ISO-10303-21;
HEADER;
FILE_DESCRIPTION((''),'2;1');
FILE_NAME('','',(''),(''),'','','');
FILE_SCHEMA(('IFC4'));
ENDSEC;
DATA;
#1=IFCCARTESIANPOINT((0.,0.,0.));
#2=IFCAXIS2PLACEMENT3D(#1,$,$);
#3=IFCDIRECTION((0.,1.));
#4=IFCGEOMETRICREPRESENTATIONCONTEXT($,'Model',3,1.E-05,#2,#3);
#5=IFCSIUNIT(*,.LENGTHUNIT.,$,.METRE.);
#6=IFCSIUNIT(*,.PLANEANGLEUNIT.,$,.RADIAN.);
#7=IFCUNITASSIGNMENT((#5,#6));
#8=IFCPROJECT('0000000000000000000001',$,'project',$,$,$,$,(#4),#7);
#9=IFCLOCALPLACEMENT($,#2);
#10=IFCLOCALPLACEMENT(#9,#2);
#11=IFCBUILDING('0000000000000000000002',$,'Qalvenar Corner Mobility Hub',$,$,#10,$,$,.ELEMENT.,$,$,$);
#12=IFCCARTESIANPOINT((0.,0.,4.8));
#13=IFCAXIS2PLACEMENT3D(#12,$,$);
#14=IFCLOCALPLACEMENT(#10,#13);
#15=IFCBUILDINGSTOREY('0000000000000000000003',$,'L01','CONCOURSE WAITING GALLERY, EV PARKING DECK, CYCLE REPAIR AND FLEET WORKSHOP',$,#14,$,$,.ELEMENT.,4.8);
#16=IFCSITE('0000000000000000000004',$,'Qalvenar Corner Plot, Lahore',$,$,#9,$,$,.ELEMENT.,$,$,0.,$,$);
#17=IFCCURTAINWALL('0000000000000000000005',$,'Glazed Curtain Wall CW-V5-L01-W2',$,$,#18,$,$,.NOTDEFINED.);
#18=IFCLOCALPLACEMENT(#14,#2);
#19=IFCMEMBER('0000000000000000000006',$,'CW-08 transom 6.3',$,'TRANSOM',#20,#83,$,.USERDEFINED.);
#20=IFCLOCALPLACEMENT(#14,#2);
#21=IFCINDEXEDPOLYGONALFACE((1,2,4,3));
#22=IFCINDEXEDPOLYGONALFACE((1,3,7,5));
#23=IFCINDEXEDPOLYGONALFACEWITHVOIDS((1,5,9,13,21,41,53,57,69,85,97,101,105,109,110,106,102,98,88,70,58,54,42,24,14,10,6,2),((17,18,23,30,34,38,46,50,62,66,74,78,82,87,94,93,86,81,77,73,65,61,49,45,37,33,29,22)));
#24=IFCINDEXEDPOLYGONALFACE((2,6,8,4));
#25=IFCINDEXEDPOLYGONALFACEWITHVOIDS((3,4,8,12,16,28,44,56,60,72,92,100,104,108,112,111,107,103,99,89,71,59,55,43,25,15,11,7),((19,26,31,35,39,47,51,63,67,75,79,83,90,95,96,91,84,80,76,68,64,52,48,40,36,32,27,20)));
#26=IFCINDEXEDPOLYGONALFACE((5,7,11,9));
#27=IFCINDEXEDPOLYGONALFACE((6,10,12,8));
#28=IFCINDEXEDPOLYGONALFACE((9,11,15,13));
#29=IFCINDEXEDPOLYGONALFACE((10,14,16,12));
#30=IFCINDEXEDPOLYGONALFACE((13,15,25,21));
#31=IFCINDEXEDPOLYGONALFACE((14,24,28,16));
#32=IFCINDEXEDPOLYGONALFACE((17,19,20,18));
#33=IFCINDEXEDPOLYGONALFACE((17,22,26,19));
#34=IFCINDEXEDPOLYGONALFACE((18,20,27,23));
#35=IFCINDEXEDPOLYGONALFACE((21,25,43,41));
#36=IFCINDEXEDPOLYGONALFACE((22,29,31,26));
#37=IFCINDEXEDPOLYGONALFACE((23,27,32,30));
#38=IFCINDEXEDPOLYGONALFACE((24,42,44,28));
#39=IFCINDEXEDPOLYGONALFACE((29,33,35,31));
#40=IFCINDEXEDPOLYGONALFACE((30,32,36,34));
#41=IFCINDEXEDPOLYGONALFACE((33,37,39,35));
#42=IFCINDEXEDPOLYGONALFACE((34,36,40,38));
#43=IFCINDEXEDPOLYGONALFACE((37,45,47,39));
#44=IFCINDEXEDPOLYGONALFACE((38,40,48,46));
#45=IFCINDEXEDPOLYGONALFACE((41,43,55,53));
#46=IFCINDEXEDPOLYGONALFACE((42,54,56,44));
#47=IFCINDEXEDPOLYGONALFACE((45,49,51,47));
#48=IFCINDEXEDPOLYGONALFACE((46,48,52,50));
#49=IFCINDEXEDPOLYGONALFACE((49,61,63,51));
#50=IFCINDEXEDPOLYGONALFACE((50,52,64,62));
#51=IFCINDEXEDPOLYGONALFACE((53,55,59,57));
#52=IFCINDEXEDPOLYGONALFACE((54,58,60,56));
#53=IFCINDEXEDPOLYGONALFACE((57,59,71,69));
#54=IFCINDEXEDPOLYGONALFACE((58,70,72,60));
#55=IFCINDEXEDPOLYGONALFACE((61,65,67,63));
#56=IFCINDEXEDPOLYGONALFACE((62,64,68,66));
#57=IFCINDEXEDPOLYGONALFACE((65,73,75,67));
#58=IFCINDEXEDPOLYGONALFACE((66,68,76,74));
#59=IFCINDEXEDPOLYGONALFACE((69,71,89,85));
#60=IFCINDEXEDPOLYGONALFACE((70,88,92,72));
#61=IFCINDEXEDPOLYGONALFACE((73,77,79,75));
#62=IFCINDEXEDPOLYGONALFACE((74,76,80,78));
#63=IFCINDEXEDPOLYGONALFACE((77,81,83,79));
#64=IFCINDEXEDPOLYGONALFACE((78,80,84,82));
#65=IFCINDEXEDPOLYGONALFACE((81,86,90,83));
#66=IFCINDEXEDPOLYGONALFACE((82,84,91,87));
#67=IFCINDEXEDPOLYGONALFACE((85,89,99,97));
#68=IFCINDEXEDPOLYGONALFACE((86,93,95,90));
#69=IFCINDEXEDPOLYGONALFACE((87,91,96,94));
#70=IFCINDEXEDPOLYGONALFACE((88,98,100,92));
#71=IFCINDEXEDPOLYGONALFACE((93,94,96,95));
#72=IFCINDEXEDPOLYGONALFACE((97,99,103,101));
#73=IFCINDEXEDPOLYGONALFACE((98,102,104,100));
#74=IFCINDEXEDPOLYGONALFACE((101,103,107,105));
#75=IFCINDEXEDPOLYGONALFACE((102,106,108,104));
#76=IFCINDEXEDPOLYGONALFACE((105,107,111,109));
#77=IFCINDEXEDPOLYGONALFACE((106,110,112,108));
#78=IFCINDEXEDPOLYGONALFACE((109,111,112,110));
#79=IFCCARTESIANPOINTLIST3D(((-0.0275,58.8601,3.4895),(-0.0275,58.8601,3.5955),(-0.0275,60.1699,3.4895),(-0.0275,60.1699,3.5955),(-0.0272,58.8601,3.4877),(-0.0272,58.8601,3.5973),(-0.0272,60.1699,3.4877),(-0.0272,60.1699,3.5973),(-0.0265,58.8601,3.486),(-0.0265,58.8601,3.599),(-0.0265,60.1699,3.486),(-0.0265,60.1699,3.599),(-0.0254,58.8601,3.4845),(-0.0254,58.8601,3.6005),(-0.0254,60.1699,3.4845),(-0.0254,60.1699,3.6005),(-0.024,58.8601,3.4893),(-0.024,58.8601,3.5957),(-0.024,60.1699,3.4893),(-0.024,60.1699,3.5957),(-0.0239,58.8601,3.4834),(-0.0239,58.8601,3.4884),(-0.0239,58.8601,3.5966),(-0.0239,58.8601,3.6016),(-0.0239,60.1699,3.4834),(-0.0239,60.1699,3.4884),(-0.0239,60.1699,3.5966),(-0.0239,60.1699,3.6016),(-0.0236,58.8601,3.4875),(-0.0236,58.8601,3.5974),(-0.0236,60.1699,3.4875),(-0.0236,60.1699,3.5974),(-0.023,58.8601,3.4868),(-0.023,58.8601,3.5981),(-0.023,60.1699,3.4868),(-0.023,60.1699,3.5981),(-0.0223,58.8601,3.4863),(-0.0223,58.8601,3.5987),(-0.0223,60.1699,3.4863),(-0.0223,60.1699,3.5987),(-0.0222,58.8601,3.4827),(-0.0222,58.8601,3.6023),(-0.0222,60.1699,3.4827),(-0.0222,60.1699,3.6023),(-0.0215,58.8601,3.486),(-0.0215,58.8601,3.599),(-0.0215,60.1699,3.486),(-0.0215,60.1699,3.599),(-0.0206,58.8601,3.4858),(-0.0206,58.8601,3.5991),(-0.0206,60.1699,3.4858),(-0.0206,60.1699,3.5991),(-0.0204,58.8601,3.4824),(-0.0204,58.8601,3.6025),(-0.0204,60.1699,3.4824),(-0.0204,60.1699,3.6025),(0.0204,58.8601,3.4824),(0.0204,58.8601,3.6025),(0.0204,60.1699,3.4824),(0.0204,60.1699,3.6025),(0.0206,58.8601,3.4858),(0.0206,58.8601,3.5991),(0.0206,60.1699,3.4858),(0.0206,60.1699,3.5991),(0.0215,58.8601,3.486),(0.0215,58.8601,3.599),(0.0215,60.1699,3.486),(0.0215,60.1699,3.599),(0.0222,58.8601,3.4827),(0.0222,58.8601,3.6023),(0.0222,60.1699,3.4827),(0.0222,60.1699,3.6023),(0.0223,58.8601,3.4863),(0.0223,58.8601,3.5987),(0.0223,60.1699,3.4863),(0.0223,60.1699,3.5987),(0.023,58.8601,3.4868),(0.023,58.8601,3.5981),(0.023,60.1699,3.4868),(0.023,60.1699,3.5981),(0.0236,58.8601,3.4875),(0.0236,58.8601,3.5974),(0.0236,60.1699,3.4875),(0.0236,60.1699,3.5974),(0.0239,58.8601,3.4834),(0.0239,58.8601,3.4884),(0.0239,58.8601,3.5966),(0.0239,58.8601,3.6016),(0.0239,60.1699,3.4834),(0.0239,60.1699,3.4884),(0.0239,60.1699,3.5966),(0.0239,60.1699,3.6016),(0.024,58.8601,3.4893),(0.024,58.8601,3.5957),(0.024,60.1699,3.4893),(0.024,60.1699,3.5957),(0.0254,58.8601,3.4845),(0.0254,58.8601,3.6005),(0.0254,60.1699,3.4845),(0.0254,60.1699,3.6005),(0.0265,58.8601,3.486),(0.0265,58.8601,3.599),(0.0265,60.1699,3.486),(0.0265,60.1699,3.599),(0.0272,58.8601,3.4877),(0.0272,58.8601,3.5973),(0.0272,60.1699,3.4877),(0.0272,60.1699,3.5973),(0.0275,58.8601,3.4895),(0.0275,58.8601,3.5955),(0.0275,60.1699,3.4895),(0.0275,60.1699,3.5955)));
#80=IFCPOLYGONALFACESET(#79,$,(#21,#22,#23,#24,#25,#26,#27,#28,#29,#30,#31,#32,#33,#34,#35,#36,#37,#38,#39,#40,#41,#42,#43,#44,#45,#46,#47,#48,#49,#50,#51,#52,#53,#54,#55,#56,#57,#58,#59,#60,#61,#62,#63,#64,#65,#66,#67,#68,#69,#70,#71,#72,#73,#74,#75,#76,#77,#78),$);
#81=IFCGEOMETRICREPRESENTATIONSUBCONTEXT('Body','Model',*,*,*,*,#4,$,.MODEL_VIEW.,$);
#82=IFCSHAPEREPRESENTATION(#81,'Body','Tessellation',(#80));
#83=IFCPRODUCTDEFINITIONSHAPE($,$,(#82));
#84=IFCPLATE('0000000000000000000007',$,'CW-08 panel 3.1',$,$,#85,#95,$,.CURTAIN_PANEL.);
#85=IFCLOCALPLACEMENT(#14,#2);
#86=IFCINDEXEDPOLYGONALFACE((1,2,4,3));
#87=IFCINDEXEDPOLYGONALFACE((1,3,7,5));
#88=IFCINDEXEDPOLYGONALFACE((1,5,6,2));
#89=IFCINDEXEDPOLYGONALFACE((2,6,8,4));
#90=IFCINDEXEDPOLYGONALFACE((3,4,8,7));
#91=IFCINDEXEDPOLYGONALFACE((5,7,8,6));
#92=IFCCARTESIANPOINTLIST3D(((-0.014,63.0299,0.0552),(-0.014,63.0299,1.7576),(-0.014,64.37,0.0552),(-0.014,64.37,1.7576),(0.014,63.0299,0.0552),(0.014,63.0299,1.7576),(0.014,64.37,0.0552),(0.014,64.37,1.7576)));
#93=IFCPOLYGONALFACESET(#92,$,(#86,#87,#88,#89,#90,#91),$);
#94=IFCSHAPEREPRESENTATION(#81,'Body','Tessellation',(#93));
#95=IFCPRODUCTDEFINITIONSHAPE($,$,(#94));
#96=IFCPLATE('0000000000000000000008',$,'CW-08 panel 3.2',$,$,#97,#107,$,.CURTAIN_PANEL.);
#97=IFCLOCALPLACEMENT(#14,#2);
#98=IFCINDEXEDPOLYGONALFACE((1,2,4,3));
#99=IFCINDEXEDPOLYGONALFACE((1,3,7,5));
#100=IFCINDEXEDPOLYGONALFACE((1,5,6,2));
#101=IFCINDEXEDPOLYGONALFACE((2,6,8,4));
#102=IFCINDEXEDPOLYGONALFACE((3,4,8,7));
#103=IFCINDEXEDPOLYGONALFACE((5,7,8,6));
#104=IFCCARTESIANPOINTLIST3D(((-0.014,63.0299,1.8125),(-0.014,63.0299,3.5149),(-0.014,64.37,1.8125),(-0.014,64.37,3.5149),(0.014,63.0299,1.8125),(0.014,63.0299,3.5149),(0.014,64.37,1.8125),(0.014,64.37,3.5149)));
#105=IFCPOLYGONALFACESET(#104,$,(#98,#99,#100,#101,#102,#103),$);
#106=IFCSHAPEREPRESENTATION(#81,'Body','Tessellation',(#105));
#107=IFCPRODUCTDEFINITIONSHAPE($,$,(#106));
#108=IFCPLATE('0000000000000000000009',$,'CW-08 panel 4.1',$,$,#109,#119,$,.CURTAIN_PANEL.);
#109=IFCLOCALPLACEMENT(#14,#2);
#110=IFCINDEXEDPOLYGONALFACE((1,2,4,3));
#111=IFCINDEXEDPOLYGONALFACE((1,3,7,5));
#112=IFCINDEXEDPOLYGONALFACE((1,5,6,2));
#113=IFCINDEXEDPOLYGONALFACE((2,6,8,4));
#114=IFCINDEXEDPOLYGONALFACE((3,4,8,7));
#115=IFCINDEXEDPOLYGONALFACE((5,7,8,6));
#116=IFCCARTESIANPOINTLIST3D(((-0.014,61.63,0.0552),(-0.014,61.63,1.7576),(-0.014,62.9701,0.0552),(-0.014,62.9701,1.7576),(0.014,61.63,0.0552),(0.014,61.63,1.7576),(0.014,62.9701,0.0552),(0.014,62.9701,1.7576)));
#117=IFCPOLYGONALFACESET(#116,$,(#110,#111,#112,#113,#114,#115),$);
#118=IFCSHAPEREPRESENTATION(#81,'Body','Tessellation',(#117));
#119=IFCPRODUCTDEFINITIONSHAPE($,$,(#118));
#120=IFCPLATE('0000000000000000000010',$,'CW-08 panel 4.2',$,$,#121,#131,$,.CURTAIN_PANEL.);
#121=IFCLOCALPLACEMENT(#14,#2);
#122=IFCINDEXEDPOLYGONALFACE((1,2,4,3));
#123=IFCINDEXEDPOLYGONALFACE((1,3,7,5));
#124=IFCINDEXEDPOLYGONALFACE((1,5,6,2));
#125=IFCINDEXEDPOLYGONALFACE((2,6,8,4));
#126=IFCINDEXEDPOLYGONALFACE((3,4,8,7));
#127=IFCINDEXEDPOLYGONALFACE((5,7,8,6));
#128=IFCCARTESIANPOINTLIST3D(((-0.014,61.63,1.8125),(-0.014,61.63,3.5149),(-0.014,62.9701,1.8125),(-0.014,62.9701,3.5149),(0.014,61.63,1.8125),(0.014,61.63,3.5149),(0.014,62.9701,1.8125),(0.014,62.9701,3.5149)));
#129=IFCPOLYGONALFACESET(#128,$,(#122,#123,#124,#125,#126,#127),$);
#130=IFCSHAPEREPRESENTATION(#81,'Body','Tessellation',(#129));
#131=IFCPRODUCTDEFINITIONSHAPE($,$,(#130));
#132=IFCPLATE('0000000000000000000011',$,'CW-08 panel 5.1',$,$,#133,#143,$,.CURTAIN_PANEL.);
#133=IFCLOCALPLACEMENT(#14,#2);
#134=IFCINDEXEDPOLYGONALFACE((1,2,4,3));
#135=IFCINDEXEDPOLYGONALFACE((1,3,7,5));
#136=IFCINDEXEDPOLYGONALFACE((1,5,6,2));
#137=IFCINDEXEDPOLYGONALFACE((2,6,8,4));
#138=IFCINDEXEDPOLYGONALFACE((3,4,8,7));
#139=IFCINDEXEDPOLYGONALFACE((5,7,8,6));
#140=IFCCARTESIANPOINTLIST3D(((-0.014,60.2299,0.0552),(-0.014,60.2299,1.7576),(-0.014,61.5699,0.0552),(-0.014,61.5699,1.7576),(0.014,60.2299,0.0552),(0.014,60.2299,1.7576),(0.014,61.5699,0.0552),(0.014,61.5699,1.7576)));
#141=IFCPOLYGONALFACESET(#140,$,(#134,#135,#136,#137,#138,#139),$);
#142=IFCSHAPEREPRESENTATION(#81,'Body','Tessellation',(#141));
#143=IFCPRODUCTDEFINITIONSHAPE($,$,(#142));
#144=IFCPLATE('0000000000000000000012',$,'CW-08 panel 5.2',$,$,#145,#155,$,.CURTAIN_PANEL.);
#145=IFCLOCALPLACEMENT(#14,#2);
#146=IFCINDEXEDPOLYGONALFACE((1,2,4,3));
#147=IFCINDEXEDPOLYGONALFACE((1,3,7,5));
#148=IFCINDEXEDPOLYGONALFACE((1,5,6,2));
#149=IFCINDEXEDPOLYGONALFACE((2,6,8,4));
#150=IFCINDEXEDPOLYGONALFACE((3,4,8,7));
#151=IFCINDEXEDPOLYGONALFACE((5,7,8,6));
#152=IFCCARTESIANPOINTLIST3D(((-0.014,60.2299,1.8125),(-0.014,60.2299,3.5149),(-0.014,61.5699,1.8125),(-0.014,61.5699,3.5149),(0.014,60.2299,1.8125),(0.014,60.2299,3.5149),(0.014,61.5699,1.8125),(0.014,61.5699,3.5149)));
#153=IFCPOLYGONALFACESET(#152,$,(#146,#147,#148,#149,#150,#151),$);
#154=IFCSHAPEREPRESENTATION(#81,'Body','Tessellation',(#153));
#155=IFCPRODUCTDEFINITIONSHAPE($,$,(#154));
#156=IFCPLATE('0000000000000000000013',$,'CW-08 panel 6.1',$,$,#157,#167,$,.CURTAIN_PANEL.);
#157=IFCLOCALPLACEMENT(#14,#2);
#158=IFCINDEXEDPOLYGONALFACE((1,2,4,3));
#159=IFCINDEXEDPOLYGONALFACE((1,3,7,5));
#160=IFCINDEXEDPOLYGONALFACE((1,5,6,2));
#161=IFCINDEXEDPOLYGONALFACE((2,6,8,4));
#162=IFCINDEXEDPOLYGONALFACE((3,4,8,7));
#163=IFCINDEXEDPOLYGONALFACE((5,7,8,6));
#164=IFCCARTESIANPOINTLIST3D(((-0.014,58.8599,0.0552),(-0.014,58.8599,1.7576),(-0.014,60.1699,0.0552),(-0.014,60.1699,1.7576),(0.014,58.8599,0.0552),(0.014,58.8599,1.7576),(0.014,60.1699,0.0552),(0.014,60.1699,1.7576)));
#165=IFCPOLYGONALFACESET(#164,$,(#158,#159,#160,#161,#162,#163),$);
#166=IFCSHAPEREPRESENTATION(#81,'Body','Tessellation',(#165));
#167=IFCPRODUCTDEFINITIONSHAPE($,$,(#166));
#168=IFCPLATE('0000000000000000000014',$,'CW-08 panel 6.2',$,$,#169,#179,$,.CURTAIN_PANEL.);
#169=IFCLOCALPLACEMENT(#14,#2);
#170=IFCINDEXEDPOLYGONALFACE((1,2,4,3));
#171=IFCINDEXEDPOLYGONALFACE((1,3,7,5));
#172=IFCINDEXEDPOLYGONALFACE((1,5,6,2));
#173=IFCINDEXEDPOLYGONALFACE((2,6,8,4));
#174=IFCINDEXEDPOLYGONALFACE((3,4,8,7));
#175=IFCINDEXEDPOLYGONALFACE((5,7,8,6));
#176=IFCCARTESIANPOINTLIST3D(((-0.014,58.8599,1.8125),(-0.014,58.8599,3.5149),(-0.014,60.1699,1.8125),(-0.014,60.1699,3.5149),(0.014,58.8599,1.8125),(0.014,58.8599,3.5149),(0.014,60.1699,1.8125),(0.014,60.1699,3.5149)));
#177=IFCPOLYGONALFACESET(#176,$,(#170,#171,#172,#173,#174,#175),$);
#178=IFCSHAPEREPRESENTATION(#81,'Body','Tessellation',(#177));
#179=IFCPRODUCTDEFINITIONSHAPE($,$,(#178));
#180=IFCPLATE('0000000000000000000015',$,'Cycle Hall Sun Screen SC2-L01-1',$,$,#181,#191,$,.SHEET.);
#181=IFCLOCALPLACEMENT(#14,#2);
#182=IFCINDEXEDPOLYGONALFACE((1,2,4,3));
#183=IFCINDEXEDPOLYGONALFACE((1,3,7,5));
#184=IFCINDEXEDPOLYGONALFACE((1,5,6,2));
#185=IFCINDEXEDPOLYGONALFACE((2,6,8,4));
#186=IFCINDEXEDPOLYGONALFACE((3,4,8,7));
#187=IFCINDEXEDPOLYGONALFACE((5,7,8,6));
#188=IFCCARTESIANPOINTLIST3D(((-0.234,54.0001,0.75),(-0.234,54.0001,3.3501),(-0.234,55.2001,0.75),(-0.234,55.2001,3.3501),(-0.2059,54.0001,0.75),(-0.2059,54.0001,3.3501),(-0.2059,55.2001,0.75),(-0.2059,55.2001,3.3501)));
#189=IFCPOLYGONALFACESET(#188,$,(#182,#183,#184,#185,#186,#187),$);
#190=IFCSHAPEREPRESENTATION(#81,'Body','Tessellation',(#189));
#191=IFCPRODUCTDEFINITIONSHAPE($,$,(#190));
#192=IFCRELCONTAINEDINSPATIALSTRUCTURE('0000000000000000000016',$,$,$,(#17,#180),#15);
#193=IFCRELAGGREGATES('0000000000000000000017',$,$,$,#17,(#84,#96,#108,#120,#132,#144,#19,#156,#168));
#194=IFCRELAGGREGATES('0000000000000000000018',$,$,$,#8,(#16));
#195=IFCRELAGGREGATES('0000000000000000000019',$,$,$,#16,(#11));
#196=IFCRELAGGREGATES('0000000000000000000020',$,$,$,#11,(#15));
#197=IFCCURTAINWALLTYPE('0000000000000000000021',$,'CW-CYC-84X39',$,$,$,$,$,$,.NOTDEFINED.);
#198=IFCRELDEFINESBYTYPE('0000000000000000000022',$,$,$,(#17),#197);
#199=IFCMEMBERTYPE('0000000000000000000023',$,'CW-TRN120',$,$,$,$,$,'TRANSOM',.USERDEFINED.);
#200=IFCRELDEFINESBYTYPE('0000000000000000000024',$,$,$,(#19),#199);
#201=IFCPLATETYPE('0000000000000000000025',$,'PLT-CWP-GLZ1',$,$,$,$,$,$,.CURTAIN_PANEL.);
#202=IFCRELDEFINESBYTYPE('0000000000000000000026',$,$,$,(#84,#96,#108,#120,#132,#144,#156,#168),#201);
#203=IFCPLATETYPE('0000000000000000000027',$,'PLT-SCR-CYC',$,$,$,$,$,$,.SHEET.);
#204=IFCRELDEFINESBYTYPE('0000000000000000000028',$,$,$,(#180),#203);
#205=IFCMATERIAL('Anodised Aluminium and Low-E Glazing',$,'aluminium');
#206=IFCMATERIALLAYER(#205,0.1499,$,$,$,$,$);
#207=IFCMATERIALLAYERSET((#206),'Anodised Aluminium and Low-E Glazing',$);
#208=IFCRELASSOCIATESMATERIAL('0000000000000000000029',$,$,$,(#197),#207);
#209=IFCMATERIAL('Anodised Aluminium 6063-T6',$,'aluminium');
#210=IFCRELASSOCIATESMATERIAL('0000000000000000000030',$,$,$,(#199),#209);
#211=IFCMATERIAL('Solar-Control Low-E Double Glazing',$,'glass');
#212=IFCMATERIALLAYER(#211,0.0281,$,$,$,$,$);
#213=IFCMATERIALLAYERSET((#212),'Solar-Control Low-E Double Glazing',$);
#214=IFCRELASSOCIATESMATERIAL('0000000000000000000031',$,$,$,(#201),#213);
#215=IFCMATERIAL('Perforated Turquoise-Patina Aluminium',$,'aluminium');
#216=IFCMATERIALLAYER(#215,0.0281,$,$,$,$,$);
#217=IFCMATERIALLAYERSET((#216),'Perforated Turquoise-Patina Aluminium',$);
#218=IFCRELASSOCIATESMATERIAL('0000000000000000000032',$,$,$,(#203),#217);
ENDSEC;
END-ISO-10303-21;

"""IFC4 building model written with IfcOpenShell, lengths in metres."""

from ifc_helpers import new_model, si_unit, direction, frame, origin, origin_2d, place, context, subcontext, project, spatial, rectangle, hollow_rectangle, extrude, material, layer, layer_set, material_profile, profile_set, type_object, element, aggregate, save


model = new_model("IFC4")

# Units and contexts
model_context = context("Model", 3, precision=1e-05, world=origin(), true_north=direction((0.0, 1.0)))
body_context = subcontext(model_context, "Body", "Model", "MODEL_VIEW")
ifc_project = project(units=[si_unit("LENGTHUNIT", "METRE"), si_unit("PLANEANGLEUNIT", "RADIAN")], contexts=[model_context])

# Site, building, storey
site_placement = place(None, origin())
site = spatial("IfcSite", under=ifc_project, at=site_placement, Name="Qalvenar Corner Plot, Lahore", CompositionType="ELEMENT", RefElevation=0.0)
building_placement = place(site_placement, origin())
building = spatial("IfcBuilding", under=site, at=building_placement, Name="Qalvenar Corner Mobility Hub", CompositionType="ELEMENT")
storey_placement = place(building_placement, frame((0.0, 0.0, 4.8)))
storey = spatial("IfcBuildingStorey", under=building, at=storey_placement, Name="L01", Description="CONCOURSE WAITING GALLERY, EV PARKING DECK, CYCLE REPAIR AND FLEET WORKSHOP", CompositionType="ELEMENT", Elevation=4.8)

# Curtain wall, member, plates
ifc_material_1 = material(Name="Anodised Aluminium and Low-E Glazing", Category="aluminium")
ifc_layer_1 = layer(ifc_material_1, 0.1499)
ifc_layer_set_1 = layer_set([ifc_layer_1], Name="Anodised Aluminium and Low-E Glazing")
curtain_wall_type = type_object("IfcCurtainWallType", Name="CW-CYC-84X39", PredefinedType="NOTDEFINED", material=ifc_layer_set_1)
curtain_wall_placement = place(storey_placement, origin())
curtain_wall = element("IfcCurtainWall", 1, at=curtain_wall_placement, inside=storey, type_object=curtain_wall_type, Name="Glazed Curtain Wall CW-V5-L01-W2", PredefinedType="NOTDEFINED")
ifc_material_2 = material(Name="Anodised Aluminium 6063-T6", Category="aluminium")
ifc_material_profile_1 = material_profile(ifc_material_2, hollow_rectangle(XDim=0.0549, YDim=0.1201, WallThickness=0.0034, InnerFilletRadius=0.0034, OuterFilletRadius=0.0071, at=origin_2d()), Name="RHS120x55x3.5")
ifc_profile_set_1 = profile_set([ifc_material_profile_1], Name="Anodised Aluminium 6063-T6")
member_type_1 = type_object("IfcMemberType", Name="CW-TRN120", ElementType="TRANSOM", PredefinedType="USERDEFINED", material=ifc_profile_set_1)
member_1_placement = place(storey_placement, frame((0.0, 60.1699, 3.5425), z_axis=(0.0, -1.0, 0.0), x_axis=(1.0, 0.0, 0.0)))
member_1 = element("IfcMember", 2, at=member_1_placement, type_object=member_type_1, Name="CW-08 transom 6.3", ObjectType="TRANSOM", PredefinedType="USERDEFINED", context=body_context, shape_type="SweptSolid", body=[
    extrude(hollow_rectangle(XDim=0.0549, YDim=0.1201, WallThickness=0.0034, InnerFilletRadius=0.0034, OuterFilletRadius=0.0071, at=origin_2d()), origin(), (0.0, 0.0, 1.0), 1.3098),
])
ifc_material_3 = material(Name="Solar-Control Low-E Double Glazing", Category="glass")
ifc_layer_2 = layer(ifc_material_3, 0.0281)
ifc_layer_set_2 = layer_set([ifc_layer_2], Name="Solar-Control Low-E Double Glazing")
plate_type_1 = type_object("IfcPlateType", Name="PLT-CWP-GLZ1", PredefinedType="CURTAIN_PANEL", material=ifc_layer_set_2)
plate_1_placement = place(storey_placement, frame((0.0, 63.7, 0.0552), z_axis=(0.0, 0.0, 1.0), x_axis=(0.0, -1.0, 0.0)))
plate_1 = element("IfcPlate", 3, at=plate_1_placement, type_object=plate_type_1, Name="CW-08 panel 3.1", PredefinedType="CURTAIN_PANEL", context=body_context, shape_type="SweptSolid", body=[
    extrude(rectangle(XDim=1.3401, YDim=0.0281, at=origin_2d()), origin(), (0.0, 0.0, 1.0), 1.7024),
])
plate_2_placement = place(storey_placement, frame((0.0, 63.7, 1.8125), z_axis=(0.0, 0.0, 1.0), x_axis=(0.0, -1.0, 0.0)))
plate_2 = element("IfcPlate", 4, at=plate_2_placement, type_object=plate_type_1, Name="CW-08 panel 3.2", PredefinedType="CURTAIN_PANEL", context=body_context, shape_type="SweptSolid", body=[
    extrude(rectangle(XDim=1.3401, YDim=0.0281, at=origin_2d()), origin(), (0.0, 0.0, 1.0), 1.7024),
])
plate_3_placement = place(storey_placement, frame((0.0, 62.3, 0.0552), z_axis=(0.0, 0.0, 1.0), x_axis=(0.0, -1.0, 0.0)))
plate_3 = element("IfcPlate", 5, at=plate_3_placement, type_object=plate_type_1, Name="CW-08 panel 4.1", PredefinedType="CURTAIN_PANEL", context=body_context, shape_type="SweptSolid", body=[
    extrude(rectangle(XDim=1.3401, YDim=0.0281, at=origin_2d()), origin(), (0.0, 0.0, 1.0), 1.7024),
])
plate_4_placement = place(storey_placement, frame((0.0, 62.3, 1.8125), z_axis=(0.0, 0.0, 1.0), x_axis=(0.0, -1.0, 0.0)))
plate_4 = element("IfcPlate", 6, at=plate_4_placement, type_object=plate_type_1, Name="CW-08 panel 4.2", PredefinedType="CURTAIN_PANEL", context=body_context, shape_type="SweptSolid", body=[
    extrude(rectangle(XDim=1.3401, YDim=0.0281, at=origin_2d()), origin(), (0.0, 0.0, 1.0), 1.7024),
])
plate_5_placement = place(storey_placement, frame((0.0, 60.8999, 0.0552), z_axis=(0.0, 0.0, 1.0), x_axis=(0.0, -1.0, 0.0)))
plate_5 = element("IfcPlate", 7, at=plate_5_placement, type_object=plate_type_1, Name="CW-08 panel 5.1", PredefinedType="CURTAIN_PANEL", context=body_context, shape_type="SweptSolid", body=[
    extrude(rectangle(XDim=1.3401, YDim=0.0281, at=origin_2d()), origin(), (0.0, 0.0, 1.0), 1.7024),
])
plate_6_placement = place(storey_placement, frame((0.0, 60.8999, 1.8125), z_axis=(0.0, 0.0, 1.0), x_axis=(0.0, -1.0, 0.0)))
plate_6 = element("IfcPlate", 8, at=plate_6_placement, type_object=plate_type_1, Name="CW-08 panel 5.2", PredefinedType="CURTAIN_PANEL", context=body_context, shape_type="SweptSolid", body=[
    extrude(rectangle(XDim=1.3401, YDim=0.0281, at=origin_2d()), origin(), (0.0, 0.0, 1.0), 1.7024),
])
plate_7_placement = place(storey_placement, frame((0.0, 59.5149, 0.0552), z_axis=(0.0, 0.0, 1.0), x_axis=(0.0, -1.0, 0.0)))
plate_7 = element("IfcPlate", 9, at=plate_7_placement, type_object=plate_type_1, Name="CW-08 panel 6.1", PredefinedType="CURTAIN_PANEL", context=body_context, shape_type="SweptSolid", body=[
    extrude(rectangle(XDim=1.3101, YDim=0.0281, at=origin_2d()), origin(), (0.0, 0.0, 1.0), 1.7024),
])
plate_8_placement = place(storey_placement, frame((0.0, 59.5149, 1.8125), z_axis=(0.0, 0.0, 1.0), x_axis=(0.0, -1.0, 0.0)))
plate_8 = element("IfcPlate", 10, at=plate_8_placement, type_object=plate_type_1, Name="CW-08 panel 6.2", PredefinedType="CURTAIN_PANEL", context=body_context, shape_type="SweptSolid", body=[
    extrude(rectangle(XDim=1.3101, YDim=0.0281, at=origin_2d()), origin(), (0.0, 0.0, 1.0), 1.7024),
])
aggregate(curtain_wall, [plate_1, plate_2, plate_3, plate_4, plate_5, plate_6, member_1, plate_7, plate_8])

# Plate
ifc_material_4 = material(Name="Perforated Turquoise-Patina Aluminium", Category="aluminium")
ifc_layer_3 = layer(ifc_material_4, 0.0281)
ifc_layer_set_3 = layer_set([ifc_layer_3], Name="Perforated Turquoise-Patina Aluminium")
plate_type_2 = type_object("IfcPlateType", Name="PLT-SCR-CYC", PredefinedType="SHEET", material=ifc_layer_set_3)
plate_9_placement = place(storey_placement, frame((-0.22, 54.6001, 0.75), z_axis=(0.0, 0.0, 1.0), x_axis=(0.0, 1.0, 0.0)))
element("IfcPlate", 11, at=plate_9_placement, inside=storey, type_object=plate_type_2, Name="Cycle Hall Sun Screen SC2-L01-1", PredefinedType="SHEET", context=body_context, shape_type="SweptSolid", body=[
    extrude(rectangle(XDim=1.2, YDim=0.0281, at=origin_2d()), origin(), (0.0, 0.0, 1.0), 2.6001),
])

save(model, "model.ifc")
